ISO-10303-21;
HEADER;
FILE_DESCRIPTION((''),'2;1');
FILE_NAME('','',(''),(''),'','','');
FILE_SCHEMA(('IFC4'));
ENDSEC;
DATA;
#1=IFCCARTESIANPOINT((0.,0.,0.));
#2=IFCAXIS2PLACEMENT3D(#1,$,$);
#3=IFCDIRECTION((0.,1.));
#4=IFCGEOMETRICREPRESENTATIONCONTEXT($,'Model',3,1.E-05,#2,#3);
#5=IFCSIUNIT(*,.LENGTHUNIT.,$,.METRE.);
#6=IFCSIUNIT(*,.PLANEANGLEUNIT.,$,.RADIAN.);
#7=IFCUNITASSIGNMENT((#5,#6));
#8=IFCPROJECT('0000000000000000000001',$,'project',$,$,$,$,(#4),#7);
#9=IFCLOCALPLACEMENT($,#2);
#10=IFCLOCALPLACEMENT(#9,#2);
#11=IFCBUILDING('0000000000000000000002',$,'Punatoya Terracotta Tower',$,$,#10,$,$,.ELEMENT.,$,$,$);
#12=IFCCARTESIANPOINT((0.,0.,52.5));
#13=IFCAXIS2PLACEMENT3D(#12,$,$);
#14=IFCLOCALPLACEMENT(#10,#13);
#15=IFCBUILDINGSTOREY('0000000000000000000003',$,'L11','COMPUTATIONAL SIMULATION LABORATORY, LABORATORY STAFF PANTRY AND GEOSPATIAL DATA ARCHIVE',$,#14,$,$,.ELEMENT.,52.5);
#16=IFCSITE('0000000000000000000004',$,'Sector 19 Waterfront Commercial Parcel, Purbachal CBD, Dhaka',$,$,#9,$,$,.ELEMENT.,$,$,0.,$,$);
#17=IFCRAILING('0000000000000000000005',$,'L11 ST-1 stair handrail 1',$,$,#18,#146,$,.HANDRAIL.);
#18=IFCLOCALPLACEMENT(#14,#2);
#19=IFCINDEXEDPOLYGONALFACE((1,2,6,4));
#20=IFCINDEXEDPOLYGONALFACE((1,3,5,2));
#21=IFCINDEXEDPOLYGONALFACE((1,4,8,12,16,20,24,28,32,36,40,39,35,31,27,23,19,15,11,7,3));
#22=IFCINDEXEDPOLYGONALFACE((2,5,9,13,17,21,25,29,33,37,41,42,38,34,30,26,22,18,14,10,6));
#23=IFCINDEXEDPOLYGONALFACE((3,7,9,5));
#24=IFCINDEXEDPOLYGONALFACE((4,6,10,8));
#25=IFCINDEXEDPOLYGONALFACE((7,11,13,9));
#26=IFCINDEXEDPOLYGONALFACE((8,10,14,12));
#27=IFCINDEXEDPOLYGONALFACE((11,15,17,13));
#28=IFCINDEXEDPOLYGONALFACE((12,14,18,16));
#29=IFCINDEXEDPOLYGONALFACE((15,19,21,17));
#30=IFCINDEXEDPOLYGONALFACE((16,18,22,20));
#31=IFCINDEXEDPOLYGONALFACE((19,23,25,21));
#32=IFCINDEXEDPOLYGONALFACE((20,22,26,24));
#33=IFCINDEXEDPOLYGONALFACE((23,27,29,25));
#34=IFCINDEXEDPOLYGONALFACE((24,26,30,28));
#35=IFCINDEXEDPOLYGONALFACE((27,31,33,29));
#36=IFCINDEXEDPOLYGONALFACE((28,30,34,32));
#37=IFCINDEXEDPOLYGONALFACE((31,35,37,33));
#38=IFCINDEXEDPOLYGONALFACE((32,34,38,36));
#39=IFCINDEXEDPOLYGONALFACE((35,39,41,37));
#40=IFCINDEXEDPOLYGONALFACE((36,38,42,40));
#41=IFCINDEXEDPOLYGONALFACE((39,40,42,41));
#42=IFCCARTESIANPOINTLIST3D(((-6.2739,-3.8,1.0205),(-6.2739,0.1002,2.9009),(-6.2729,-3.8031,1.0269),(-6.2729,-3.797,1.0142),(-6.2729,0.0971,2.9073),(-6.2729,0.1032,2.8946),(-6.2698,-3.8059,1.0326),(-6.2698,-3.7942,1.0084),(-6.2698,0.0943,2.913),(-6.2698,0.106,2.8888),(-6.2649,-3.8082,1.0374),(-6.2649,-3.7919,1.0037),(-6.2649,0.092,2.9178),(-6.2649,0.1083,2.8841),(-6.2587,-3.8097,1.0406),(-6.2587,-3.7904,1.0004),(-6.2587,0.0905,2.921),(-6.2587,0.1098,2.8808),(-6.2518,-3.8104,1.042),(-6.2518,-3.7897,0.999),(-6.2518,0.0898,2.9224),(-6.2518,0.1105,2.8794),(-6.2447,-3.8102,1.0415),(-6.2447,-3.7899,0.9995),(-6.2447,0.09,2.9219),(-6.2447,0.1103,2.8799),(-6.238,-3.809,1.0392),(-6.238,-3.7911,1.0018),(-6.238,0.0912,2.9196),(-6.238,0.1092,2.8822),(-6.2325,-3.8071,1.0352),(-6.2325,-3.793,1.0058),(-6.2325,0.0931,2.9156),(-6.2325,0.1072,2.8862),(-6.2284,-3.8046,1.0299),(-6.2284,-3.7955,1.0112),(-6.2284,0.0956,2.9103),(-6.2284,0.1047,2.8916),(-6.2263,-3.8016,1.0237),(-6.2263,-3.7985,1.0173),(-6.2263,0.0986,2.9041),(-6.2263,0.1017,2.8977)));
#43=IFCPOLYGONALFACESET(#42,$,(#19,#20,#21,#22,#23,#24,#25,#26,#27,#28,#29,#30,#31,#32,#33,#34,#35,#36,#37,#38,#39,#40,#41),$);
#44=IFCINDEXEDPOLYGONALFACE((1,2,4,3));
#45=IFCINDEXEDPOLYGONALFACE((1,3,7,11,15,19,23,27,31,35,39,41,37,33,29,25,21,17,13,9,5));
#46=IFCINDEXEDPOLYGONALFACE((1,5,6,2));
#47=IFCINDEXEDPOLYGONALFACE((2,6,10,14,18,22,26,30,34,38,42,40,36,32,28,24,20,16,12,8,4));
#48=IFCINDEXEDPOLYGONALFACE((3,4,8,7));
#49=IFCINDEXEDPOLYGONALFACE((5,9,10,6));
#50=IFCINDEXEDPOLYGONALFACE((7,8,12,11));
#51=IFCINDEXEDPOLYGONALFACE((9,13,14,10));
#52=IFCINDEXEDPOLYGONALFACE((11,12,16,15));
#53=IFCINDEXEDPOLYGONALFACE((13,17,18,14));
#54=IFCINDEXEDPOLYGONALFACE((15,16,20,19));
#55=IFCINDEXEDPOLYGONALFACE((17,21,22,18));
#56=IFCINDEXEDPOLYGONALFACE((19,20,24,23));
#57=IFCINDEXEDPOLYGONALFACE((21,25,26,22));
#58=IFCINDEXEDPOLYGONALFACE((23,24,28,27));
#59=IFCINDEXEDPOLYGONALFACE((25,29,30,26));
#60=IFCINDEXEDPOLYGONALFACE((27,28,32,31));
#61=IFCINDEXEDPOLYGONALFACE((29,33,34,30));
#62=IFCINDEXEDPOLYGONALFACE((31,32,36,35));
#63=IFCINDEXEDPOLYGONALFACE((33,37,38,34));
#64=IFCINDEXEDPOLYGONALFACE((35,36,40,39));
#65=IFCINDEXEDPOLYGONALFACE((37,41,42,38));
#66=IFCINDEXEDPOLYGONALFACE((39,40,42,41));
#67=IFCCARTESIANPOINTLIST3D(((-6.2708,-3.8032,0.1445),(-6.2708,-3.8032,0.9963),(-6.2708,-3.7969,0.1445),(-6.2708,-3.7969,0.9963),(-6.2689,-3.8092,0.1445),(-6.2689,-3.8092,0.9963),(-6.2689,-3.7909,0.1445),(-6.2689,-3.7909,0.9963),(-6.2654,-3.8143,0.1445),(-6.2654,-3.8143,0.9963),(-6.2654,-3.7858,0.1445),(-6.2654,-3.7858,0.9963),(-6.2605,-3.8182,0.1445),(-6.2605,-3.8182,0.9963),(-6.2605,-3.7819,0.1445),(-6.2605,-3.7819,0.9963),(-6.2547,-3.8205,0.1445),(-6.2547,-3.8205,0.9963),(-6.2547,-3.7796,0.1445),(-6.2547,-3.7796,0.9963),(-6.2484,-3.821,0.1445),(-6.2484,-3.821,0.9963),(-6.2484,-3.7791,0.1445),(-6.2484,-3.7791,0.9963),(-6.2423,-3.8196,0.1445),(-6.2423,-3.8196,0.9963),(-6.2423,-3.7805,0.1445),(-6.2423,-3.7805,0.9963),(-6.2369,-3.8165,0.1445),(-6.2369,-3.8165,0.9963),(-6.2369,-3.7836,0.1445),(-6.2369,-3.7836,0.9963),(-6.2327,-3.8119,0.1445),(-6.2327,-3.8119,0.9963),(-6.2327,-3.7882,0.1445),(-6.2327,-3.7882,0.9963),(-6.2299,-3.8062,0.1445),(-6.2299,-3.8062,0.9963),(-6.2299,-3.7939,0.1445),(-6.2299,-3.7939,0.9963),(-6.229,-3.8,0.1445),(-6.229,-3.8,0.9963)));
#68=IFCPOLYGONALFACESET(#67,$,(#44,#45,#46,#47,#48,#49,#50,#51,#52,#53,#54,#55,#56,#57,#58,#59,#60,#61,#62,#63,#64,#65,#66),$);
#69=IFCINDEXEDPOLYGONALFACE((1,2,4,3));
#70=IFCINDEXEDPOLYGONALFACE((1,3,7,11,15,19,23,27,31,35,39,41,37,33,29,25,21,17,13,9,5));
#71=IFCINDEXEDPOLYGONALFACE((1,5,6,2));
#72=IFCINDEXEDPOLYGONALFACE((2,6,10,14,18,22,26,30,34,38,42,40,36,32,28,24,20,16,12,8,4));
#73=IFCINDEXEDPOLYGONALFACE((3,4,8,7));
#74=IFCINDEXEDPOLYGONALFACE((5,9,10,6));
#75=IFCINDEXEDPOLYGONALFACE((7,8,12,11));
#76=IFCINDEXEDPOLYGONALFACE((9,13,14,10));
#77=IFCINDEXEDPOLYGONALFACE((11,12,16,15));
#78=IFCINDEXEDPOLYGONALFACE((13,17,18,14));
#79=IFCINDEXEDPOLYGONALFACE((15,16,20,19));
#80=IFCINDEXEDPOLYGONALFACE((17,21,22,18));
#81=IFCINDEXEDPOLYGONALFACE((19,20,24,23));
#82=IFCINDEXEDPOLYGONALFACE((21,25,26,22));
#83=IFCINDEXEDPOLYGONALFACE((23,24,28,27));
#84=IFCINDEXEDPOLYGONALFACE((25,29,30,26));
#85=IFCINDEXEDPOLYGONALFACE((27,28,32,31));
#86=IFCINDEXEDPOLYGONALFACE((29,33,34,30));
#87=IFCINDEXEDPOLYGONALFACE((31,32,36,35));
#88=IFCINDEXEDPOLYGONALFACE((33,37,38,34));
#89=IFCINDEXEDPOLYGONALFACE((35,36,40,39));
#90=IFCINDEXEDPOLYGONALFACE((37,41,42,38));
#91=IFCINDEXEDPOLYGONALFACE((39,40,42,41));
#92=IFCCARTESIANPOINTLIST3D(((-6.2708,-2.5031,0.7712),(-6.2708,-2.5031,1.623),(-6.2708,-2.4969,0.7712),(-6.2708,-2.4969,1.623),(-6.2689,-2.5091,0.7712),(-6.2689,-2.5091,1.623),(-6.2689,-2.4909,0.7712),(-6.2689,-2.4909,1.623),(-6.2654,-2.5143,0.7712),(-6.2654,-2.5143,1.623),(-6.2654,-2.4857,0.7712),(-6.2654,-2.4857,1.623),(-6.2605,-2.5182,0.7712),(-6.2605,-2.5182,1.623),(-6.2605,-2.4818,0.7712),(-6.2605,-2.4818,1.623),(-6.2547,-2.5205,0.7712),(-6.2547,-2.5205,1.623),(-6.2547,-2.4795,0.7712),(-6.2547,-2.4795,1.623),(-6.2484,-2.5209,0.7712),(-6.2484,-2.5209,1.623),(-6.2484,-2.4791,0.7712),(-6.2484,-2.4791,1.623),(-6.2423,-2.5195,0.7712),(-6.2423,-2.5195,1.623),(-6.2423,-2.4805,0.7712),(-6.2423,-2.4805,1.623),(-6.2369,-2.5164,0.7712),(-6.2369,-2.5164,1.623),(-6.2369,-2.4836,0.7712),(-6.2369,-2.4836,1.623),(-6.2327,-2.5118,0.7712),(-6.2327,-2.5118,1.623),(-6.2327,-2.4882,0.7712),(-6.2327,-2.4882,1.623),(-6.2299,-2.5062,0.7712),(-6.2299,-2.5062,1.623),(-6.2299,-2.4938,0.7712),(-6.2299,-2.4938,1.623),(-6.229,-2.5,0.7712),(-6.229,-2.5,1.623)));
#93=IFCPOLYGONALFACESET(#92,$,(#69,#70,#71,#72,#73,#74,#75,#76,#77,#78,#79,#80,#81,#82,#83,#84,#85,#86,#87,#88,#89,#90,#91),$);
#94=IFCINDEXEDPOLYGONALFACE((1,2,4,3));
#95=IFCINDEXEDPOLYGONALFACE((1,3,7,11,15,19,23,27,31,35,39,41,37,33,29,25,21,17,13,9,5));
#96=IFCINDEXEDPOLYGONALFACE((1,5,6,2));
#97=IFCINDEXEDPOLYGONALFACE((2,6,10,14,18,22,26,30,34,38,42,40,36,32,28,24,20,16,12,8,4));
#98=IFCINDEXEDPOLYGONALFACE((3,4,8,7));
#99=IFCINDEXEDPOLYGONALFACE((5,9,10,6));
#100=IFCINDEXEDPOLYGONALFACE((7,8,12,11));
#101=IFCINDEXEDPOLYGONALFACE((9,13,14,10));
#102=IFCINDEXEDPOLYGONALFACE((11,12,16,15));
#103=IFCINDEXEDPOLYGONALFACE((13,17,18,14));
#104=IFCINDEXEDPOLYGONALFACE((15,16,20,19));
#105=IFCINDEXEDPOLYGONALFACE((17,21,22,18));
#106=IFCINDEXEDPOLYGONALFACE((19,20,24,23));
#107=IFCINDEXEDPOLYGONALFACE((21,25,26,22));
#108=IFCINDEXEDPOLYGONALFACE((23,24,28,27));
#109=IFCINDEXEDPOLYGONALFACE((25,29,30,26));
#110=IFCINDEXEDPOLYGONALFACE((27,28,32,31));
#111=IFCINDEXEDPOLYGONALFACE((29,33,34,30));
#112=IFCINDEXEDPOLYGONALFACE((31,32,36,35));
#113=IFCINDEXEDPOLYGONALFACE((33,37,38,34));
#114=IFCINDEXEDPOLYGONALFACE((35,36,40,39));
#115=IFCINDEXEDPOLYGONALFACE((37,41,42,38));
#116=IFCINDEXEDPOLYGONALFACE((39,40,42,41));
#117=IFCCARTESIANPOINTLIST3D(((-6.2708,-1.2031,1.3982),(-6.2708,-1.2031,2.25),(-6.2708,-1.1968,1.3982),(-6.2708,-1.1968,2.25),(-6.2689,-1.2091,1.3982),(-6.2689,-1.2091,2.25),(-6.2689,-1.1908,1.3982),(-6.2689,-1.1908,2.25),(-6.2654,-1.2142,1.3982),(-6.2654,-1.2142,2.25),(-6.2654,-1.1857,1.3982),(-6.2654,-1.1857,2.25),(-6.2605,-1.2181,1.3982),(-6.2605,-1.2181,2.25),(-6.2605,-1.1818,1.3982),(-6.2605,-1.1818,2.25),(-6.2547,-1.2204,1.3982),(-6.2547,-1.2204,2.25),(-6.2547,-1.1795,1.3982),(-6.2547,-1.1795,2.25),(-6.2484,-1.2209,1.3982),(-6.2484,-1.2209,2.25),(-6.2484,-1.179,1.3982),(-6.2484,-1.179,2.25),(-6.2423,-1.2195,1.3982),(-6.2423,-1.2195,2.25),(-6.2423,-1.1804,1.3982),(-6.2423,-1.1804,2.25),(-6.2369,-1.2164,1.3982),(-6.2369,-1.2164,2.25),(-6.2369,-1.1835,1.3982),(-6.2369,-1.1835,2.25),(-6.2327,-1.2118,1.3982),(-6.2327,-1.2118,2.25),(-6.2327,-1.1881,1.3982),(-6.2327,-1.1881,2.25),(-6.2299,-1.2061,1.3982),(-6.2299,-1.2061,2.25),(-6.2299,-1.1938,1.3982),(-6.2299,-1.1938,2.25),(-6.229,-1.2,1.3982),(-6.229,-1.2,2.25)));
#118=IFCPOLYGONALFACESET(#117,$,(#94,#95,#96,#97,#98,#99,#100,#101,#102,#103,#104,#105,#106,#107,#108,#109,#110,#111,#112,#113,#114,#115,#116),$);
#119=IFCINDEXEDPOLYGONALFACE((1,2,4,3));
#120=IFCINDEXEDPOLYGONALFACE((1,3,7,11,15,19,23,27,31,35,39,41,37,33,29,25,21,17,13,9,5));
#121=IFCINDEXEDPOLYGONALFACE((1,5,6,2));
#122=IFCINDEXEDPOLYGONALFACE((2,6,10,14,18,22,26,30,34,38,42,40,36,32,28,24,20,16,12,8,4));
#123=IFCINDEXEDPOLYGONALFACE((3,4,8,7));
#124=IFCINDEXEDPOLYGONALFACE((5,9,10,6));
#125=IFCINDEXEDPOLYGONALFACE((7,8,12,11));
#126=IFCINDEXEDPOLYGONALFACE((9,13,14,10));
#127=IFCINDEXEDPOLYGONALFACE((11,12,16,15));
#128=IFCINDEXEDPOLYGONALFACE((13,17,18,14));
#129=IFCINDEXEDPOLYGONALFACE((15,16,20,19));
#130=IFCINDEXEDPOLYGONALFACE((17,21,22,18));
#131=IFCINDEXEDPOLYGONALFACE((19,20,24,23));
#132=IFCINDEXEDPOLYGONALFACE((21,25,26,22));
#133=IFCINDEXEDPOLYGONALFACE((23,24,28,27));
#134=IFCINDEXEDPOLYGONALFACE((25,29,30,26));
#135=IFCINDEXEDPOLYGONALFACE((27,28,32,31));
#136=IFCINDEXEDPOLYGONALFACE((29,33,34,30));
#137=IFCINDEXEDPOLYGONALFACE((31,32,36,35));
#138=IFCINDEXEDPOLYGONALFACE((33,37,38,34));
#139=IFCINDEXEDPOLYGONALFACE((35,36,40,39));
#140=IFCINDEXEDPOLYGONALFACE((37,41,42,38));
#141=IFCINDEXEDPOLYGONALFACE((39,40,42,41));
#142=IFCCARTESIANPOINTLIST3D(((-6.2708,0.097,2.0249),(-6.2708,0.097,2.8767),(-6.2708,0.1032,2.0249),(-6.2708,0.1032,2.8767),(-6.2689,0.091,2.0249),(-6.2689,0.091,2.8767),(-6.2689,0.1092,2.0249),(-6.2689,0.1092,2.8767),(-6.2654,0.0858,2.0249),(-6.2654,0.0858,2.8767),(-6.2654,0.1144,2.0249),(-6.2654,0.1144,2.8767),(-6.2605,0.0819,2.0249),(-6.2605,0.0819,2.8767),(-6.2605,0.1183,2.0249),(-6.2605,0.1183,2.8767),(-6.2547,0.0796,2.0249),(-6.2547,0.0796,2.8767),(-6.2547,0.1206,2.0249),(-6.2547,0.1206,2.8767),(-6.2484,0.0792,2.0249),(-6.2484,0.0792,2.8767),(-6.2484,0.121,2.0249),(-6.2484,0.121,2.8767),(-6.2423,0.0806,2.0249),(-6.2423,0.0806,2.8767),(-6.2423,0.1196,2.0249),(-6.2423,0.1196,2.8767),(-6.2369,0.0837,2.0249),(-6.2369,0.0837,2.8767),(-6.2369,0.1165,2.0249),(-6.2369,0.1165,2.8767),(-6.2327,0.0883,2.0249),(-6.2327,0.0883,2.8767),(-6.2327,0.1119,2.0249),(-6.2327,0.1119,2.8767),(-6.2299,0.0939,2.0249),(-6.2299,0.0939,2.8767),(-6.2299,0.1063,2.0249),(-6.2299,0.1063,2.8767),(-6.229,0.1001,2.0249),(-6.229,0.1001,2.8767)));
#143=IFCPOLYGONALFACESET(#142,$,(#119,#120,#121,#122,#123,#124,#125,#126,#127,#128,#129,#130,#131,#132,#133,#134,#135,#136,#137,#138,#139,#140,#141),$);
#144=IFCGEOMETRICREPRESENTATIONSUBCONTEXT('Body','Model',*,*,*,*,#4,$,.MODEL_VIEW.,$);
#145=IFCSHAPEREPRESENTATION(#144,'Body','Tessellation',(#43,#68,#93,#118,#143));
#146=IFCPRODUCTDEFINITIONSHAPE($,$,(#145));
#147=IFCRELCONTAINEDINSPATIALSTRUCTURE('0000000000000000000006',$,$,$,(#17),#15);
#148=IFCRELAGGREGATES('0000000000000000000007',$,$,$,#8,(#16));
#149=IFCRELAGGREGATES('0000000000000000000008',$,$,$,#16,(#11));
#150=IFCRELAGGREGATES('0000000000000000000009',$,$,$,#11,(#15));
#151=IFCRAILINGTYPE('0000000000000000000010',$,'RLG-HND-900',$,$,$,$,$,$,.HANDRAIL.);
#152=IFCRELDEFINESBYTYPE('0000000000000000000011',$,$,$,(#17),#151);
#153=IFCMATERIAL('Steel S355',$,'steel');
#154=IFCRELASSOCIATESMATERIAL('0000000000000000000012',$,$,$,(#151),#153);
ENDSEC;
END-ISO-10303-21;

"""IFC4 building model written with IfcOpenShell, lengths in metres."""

from ifc_helpers import new_model, si_unit, direction, frame, origin, origin_2d, place, context, subcontext, project, spatial, circle, extrude, material, type_object, element, save


model = new_model("IFC4")

# Units and contexts
model_context = context("Model", 3, precision=1e-05, world=origin(), true_north=direction((0.0, 1.0)))
body_context = subcontext(model_context, "Body", "Model", "MODEL_VIEW")
ifc_project = project(units=[si_unit("LENGTHUNIT", "METRE"), si_unit("PLANEANGLEUNIT", "RADIAN")], contexts=[model_context])

# Site, building, storey
site_placement = place(None, origin())
site = spatial("IfcSite", under=ifc_project, at=site_placement, Name="Sector 19 Waterfront Commercial Parcel, Purbachal CBD, Dhaka", CompositionType="ELEMENT", RefElevation=0.0)
building_placement = place(site_placement, origin())
building = spatial("IfcBuilding", under=site, at=building_placement, Name="Punatoya Terracotta Tower", CompositionType="ELEMENT")
storey_placement = place(building_placement, frame((0.0, 0.0, 52.5)))
storey = spatial("IfcBuildingStorey", under=building, at=storey_placement, Name="L11", Description="COMPUTATIONAL SIMULATION LABORATORY, LABORATORY STAFF PANTRY AND GEOSPATIAL DATA ARCHIVE", CompositionType="ELEMENT", Elevation=52.5)

# Shared definitions
ifc_material_1 = material(Name="Steel S355", Category="steel")

# Railing
railing_type_1 = type_object("IfcRailingType", Name="RLG-HND-900", PredefinedType="HANDRAIL", material=ifc_material_1)
railing_1_placement = place(storey_placement, frame((-6.25, -3.8, 0.1445)))
element("IfcRailing", 1, at=railing_1_placement, inside=storey, type_object=railing_type_1, Name="L11 ST-1 stair handrail 1", PredefinedType="HANDRAIL", context=body_context, shape_type="SweptSolid", body=[
    extrude(circle(Radius=0.0239, at=origin_2d()), frame((0.0, 0.0, 0.876), z_axis=(0.0, 0.900774, 0.434289), x_axis=(-1.0, 0.0, 0.0)), (0.0, 0.0, 1.0), 4.3298),
    extrude(circle(Radius=0.021, at=origin_2d()), origin(), (0.0, 0.0, 1.0), 0.8518),
    extrude(circle(Radius=0.021, at=origin_2d()), frame((0.0, 1.3, 0.6267)), (0.0, 0.0, 1.0), 0.8518),
    extrude(circle(Radius=0.021, at=origin_2d()), frame((0.0, 2.6001, 1.2537)), (0.0, 0.0, 1.0), 0.8518),
    extrude(circle(Radius=0.021, at=origin_2d()), frame((0.0, 3.9001, 1.8804)), (0.0, 0.0, 1.0), 0.8518),
])

save(model, "model.ifc")
